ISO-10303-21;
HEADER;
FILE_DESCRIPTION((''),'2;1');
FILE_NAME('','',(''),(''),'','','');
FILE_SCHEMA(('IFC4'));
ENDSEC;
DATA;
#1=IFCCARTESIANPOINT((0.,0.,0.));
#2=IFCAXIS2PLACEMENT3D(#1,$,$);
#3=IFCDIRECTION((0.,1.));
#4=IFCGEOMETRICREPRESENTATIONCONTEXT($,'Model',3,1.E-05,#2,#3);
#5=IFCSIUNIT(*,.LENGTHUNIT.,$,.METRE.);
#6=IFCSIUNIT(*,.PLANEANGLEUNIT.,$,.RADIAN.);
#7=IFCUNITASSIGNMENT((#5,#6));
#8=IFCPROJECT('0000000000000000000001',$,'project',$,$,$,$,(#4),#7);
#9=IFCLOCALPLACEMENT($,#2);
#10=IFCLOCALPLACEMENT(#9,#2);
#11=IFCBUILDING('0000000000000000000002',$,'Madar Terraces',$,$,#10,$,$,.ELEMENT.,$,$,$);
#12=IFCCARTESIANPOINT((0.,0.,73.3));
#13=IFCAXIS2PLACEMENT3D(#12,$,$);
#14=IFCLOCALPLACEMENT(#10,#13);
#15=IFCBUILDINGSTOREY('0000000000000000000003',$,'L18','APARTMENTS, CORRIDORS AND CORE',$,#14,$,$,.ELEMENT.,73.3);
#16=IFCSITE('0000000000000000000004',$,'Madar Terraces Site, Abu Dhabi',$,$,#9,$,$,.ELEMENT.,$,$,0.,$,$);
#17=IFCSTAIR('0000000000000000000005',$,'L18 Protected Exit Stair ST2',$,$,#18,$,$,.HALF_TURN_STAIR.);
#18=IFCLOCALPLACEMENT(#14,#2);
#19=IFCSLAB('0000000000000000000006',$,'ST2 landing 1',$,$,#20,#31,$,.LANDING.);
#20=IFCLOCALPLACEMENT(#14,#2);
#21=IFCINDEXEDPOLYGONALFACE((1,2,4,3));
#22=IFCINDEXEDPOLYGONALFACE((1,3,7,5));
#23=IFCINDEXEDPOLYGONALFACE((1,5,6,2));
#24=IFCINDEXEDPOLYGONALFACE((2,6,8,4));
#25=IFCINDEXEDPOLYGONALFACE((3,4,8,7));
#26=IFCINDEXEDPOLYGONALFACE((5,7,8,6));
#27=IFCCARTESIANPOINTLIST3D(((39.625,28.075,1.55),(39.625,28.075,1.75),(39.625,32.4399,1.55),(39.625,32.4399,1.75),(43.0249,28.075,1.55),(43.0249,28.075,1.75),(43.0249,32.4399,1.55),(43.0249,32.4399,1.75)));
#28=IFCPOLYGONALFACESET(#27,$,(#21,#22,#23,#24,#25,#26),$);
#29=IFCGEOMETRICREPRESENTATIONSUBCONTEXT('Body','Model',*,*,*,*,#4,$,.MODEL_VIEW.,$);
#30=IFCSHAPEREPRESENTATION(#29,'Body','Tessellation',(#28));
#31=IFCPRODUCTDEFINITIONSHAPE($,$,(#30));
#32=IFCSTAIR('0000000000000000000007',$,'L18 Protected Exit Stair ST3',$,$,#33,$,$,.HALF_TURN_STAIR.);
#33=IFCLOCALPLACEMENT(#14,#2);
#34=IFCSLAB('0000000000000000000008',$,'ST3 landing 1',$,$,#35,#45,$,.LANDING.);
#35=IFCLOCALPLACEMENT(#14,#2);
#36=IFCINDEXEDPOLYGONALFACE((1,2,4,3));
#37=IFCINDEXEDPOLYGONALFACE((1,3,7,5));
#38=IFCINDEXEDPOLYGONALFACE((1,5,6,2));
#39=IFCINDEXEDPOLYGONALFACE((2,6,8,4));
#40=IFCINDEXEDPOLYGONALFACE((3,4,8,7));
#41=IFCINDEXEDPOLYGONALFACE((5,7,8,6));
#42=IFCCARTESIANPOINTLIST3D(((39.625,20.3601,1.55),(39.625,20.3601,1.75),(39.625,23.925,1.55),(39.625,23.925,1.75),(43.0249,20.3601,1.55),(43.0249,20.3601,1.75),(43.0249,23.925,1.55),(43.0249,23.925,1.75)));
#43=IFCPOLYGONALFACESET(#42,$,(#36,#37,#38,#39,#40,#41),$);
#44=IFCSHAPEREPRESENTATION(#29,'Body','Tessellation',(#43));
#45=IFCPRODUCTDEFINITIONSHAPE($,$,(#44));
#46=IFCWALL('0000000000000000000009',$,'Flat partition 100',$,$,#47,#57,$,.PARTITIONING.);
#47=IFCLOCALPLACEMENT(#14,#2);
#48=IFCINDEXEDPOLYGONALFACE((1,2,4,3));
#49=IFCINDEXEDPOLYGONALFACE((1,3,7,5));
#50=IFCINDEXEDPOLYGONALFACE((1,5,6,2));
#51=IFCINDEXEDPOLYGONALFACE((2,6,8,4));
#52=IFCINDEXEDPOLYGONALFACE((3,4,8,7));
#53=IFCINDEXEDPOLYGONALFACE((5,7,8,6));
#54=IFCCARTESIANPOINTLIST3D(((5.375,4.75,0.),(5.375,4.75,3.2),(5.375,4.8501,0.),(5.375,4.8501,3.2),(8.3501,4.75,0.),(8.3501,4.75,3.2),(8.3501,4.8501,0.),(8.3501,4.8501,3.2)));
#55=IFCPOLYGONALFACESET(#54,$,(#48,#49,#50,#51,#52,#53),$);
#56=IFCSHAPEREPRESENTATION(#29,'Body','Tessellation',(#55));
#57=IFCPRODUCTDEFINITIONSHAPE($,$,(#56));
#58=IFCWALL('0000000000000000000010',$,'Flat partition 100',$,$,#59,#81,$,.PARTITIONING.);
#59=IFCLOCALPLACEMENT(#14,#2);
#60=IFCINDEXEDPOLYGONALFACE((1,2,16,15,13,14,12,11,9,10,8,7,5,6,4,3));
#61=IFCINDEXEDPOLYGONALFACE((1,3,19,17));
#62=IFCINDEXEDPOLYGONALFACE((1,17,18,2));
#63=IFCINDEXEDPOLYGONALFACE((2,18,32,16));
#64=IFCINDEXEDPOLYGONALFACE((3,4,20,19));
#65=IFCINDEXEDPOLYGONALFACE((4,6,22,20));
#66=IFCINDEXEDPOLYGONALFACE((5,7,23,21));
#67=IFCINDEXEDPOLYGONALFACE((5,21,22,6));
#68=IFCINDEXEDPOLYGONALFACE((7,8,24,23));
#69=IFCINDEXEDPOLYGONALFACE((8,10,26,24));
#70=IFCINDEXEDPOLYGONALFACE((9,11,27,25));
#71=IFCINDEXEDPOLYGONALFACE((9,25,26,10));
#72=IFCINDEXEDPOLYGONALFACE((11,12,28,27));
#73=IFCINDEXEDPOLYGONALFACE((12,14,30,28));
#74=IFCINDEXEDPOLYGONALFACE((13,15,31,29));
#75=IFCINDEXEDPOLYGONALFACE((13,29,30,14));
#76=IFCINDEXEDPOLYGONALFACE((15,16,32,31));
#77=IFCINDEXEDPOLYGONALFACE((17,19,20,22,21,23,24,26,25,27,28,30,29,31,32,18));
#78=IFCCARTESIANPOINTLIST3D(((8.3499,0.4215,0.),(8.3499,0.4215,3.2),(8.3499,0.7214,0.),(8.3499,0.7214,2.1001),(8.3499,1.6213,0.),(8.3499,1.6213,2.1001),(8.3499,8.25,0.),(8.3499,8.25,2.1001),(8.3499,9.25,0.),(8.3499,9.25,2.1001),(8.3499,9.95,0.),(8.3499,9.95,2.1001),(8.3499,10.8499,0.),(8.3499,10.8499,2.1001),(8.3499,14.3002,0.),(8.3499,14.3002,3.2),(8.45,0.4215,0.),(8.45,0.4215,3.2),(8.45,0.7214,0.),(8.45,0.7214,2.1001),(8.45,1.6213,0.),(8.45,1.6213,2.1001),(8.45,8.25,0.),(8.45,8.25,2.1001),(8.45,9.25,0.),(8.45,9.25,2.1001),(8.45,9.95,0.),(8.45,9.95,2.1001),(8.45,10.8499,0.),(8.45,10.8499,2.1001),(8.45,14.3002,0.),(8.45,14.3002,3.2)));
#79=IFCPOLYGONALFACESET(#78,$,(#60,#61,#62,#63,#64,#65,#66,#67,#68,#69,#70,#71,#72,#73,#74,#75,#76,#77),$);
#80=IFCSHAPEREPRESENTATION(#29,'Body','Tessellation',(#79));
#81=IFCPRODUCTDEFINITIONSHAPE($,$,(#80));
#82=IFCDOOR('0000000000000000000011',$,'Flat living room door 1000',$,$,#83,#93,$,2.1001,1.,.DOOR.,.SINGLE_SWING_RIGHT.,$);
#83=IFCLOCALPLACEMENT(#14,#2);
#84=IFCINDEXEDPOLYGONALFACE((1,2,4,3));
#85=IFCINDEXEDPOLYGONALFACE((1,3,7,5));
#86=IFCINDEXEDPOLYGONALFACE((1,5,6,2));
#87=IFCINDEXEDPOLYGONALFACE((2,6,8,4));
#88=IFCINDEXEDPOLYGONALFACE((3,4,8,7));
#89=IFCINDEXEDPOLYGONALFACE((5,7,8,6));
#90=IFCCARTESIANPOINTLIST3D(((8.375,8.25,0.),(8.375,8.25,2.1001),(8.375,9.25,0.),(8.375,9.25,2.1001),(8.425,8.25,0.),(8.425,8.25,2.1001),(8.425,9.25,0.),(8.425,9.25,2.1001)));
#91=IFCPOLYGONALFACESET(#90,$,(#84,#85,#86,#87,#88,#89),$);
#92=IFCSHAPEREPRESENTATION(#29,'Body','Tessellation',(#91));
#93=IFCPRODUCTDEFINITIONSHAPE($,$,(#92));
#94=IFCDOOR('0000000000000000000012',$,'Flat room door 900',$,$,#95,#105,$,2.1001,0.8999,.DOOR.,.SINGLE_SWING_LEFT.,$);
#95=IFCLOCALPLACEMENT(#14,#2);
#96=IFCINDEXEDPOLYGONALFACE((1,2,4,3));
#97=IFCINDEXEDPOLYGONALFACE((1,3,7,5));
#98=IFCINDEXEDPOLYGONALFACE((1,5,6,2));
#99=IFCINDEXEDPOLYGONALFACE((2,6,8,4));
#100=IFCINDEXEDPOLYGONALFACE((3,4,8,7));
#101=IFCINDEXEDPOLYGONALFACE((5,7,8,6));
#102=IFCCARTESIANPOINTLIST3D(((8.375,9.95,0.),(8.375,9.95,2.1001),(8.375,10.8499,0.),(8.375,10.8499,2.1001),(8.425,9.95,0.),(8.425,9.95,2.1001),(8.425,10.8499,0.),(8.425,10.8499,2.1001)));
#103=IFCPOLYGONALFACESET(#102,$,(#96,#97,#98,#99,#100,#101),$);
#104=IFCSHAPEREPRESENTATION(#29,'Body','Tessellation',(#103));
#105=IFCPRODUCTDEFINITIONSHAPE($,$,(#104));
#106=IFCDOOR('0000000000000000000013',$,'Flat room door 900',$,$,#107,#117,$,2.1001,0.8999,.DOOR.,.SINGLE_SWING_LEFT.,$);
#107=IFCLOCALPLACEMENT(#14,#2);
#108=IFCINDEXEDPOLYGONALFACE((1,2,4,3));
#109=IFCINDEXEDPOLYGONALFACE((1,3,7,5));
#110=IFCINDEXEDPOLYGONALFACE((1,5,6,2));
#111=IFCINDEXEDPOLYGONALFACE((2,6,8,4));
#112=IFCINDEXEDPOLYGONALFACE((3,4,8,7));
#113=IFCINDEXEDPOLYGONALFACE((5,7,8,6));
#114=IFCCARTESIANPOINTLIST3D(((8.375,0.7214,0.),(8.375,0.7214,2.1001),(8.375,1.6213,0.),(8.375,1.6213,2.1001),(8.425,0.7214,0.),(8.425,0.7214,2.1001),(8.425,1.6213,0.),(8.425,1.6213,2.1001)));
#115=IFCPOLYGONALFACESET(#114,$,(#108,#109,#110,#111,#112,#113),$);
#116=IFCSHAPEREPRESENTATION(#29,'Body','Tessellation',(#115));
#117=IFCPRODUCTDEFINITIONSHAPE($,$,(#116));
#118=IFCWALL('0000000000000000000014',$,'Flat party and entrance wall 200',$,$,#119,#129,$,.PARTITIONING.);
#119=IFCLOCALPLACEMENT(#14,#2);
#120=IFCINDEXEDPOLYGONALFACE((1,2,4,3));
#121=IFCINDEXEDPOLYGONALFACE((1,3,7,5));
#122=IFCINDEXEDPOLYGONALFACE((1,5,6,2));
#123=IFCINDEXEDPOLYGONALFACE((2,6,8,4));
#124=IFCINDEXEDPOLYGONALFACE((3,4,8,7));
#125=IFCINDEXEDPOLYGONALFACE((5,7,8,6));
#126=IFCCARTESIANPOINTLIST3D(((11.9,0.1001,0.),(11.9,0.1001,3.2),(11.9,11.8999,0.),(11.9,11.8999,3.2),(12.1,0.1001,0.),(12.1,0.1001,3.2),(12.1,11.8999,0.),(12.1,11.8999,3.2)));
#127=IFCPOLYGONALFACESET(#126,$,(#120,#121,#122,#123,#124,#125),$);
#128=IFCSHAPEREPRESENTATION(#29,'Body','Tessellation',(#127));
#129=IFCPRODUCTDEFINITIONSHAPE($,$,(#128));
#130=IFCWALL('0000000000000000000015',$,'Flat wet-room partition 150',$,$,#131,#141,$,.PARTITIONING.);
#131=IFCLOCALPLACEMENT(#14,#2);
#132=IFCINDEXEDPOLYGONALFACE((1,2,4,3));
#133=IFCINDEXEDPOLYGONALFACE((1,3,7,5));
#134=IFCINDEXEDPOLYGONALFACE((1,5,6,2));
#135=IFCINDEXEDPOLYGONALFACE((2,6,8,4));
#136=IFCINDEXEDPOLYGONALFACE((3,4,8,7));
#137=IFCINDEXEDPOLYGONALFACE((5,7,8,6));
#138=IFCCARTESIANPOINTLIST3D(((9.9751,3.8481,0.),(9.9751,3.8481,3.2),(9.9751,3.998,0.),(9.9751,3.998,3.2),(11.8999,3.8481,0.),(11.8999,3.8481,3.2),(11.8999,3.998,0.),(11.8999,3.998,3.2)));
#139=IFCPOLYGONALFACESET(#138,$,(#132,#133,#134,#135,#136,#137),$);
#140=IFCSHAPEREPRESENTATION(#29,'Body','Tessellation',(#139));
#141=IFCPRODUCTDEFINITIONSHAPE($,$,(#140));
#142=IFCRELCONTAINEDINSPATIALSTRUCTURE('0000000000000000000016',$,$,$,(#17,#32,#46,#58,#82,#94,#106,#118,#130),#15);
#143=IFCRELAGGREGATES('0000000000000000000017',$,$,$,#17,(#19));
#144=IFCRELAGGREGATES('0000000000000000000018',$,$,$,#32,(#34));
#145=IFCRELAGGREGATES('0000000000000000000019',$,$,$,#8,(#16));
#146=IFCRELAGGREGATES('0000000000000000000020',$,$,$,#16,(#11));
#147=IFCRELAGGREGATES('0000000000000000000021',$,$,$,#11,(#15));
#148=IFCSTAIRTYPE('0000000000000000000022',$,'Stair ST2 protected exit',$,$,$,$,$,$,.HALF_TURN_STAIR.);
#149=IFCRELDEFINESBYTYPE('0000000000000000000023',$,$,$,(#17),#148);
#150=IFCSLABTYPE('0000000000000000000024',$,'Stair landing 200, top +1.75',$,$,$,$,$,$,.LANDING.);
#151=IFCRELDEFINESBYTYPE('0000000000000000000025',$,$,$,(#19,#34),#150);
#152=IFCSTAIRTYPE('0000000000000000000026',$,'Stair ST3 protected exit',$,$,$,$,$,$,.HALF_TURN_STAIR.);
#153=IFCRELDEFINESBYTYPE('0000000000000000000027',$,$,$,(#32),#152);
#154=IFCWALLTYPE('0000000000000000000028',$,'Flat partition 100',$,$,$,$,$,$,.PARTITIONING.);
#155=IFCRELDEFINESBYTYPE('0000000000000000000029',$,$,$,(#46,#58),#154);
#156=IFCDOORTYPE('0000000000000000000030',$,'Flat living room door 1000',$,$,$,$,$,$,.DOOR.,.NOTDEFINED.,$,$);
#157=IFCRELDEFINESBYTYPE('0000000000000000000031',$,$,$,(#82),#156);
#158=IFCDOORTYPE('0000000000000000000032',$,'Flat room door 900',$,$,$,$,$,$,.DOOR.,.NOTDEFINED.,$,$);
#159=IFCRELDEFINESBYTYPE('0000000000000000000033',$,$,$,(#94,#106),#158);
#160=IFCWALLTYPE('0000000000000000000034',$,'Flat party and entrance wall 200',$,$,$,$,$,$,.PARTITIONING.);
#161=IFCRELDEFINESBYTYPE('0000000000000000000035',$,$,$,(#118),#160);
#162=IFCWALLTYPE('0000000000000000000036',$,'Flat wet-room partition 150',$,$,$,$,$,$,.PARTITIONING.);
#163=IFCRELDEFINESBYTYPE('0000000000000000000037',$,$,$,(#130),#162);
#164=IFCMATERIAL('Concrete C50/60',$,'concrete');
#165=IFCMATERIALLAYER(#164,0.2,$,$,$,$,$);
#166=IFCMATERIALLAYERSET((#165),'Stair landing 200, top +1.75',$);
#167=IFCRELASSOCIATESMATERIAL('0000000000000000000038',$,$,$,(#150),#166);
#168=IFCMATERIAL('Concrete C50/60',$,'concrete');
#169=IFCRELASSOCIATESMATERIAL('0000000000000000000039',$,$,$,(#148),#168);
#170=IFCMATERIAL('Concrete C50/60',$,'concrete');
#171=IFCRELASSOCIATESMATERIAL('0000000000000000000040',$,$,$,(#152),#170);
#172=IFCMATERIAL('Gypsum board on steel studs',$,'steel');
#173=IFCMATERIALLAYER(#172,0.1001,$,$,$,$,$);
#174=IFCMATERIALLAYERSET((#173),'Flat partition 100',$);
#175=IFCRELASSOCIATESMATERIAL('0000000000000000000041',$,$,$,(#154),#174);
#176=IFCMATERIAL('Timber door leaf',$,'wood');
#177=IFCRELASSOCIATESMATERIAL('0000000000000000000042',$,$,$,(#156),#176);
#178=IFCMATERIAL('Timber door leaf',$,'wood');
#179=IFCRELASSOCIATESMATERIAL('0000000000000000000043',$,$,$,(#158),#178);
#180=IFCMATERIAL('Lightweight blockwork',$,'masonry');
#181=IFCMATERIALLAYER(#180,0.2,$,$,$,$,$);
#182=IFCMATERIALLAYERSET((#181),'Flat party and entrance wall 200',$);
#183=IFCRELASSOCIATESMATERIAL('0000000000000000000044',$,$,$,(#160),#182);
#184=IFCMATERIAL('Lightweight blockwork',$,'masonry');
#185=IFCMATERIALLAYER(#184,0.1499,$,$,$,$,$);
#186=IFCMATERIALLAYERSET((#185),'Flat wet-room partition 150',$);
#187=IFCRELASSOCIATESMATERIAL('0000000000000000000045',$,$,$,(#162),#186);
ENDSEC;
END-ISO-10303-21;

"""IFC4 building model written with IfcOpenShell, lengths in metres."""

from ifc_helpers import new_model, si_unit, direction, frame, frame_2d, origin, place, context, subcontext, project, spatial, polyline, rectangle, outline, extrude, material, layer, layer_set, type_object, element, fill, aggregate, save


model = new_model("IFC4")

# Units and contexts
model_context = context("Model", 3, precision=1e-05, world=origin(), true_north=direction((0.0, 1.0)))
body_context = subcontext(model_context, "Body", "Model", "MODEL_VIEW")
ifc_project = project(units=[si_unit("LENGTHUNIT", "METRE"), si_unit("PLANEANGLEUNIT", "RADIAN")], contexts=[model_context])

# Site, building, storey
site_placement = place(None, origin())
site = spatial("IfcSite", under=ifc_project, at=site_placement, Name="Madar Terraces Site, Abu Dhabi", CompositionType="ELEMENT", RefElevation=0.0)
building_placement = place(site_placement, origin())
building = spatial("IfcBuilding", under=site, at=building_placement, Name="Madar Terraces", CompositionType="ELEMENT")
storey_placement = place(building_placement, frame((0.0, 0.0, 73.3)))
storey = spatial("IfcBuildingStorey", under=building, at=storey_placement, Name="L18", Description="APARTMENTS, CORRIDORS AND CORE", CompositionType="ELEMENT", Elevation=73.3)

# Stairs, slabs
ifc_material_1 = material(Name="Concrete C50/60", Category="concrete")
ifc_layer_1 = layer(ifc_material_1, 0.2)
ifc_layer_set_1 = layer_set([ifc_layer_1], Name="Stair landing 200, top +1.75")
slab_type_1 = type_object("IfcSlabType", Name="Stair landing 200, top +1.75", PredefinedType="LANDING", material=ifc_layer_set_1)
ifc_material_2 = material(Name="Concrete C50/60", Category="concrete")
stair_type_1 = type_object("IfcStairType", Name="Stair ST2 protected exit", PredefinedType="HALF_TURN_STAIR", material=ifc_material_2)
stair_1_placement = place(storey_placement, origin())
stair_1 = element("IfcStair", 1, at=stair_1_placement, inside=storey, type_object=stair_type_1, Name="L18 Protected Exit Stair ST2", PredefinedType="HALF_TURN_STAIR")
slab_1_placement = place(storey_placement, frame((0.0, 0.0, 1.55)))
slab_1 = element("IfcSlab", 2, at=slab_1_placement, type_object=slab_type_1, Name="ST2 landing 1", PredefinedType="LANDING", context=body_context, shape_type="SweptSolid", body=[
    extrude(outline(polyline([(39.625, 28.075), (43.0249, 28.075), (43.0249, 32.4399), (39.625, 32.4399), (39.625, 28.075)])), origin(), (0.0, 0.0, 1.0), 0.2),
])
aggregate(stair_1, [slab_1])
ifc_material_3 = material(Name="Concrete C50/60", Category="concrete")
stair_type_2 = type_object("IfcStairType", Name="Stair ST3 protected exit", PredefinedType="HALF_TURN_STAIR", material=ifc_material_3)
stair_2_placement = place(storey_placement, origin())
stair_2 = element("IfcStair", 3, at=stair_2_placement, inside=storey, type_object=stair_type_2, Name="L18 Protected Exit Stair ST3", PredefinedType="HALF_TURN_STAIR")
slab_2_placement = place(storey_placement, frame((0.0, 0.0, 1.55)))
slab_2 = element("IfcSlab", 4, at=slab_2_placement, type_object=slab_type_1, Name="ST3 landing 1", PredefinedType="LANDING", context=body_context, shape_type="SweptSolid", body=[
    extrude(outline(polyline([(39.625, 20.3601), (43.0249, 20.3601), (43.0249, 23.925), (39.625, 23.925), (39.625, 20.3601)])), origin(), (0.0, 0.0, 1.0), 0.2),
])
aggregate(stair_2, [slab_2])

# Wall
ifc_material_4 = material(Name="Gypsum board on steel studs", Category="steel")
ifc_layer_2 = layer(ifc_material_4, 0.1001)
ifc_layer_set_2 = layer_set([ifc_layer_2], Name="Flat partition 100")
wall_type_1 = type_object("IfcWallType", Name="Flat partition 100", PredefinedType="PARTITIONING", material=ifc_layer_set_2)
wall_1_placement = place(storey_placement, frame((8.3501, 4.8, 0.0), z_axis=(0.0, 0.0, 1.0), x_axis=(-1.0, 0.0, 0.0)))
element("IfcWall", 5, at=wall_1_placement, inside=storey, type_object=wall_type_1, Name="Flat partition 100", PredefinedType="PARTITIONING", context=body_context, shape_type="SweptSolid", body=[
    extrude(rectangle(XDim=2.9751, YDim=0.1001, at=frame_2d((1.4875, 0.0))), origin(), (0.0, 0.0, 1.0), 3.2),
])

# Wall, openings, doors
wall_2_placement = place(storey_placement, frame((8.3999, 0.4214, 0.0), z_axis=(0.0, 0.0, 1.0), x_axis=(0.0, 1.0, 0.0)))
wall_2 = element("IfcWall", 6, at=wall_2_placement, inside=storey, type_object=wall_type_1, Name="Flat partition 100", PredefinedType="PARTITIONING", context=body_context, shape_type="SweptSolid", body=[
    extrude(rectangle(XDim=13.8787, YDim=0.1001, at=frame_2d((6.9395, 0.0))), origin(), (0.0, 0.0, 1.0), 3.2),
])
opening_1_placement = place(wall_2_placement, frame((9.5286, 0.0, 0.0)))
opening_1 = element("IfcOpeningElement", 7, at=opening_1_placement, cuts=wall_2, PredefinedType="OPENING", context=body_context, shape_type="SweptSolid", body=[
    extrude(rectangle(XDim=0.8999, YDim=2.1001, at=frame_2d((0.45, 1.05))), frame((0.0, 0.0601, 0.0), z_axis=(0.0, -1.0, 0.0), x_axis=(1.0, 0.0, 0.0)), (0.0, 0.0, 1.0), 0.1201),
])
opening_2_placement = place(wall_2_placement, frame((7.8286, 0.0, 0.0)))
opening_2 = element("IfcOpeningElement", 8, at=opening_2_placement, cuts=wall_2, PredefinedType="OPENING", context=body_context, shape_type="SweptSolid", body=[
    extrude(rectangle(XDim=1.0, YDim=2.1001, at=frame_2d((0.5, 1.05))), frame((0.0, 0.0601, 0.0), z_axis=(0.0, -1.0, 0.0), x_axis=(1.0, 0.0, 0.0)), (0.0, 0.0, 1.0), 0.1201),
])
opening_3_placement = place(wall_2_placement, frame((0.3, 0.0, 0.0)))
opening_3 = element("IfcOpeningElement", 9, at=opening_3_placement, cuts=wall_2, PredefinedType="OPENING", context=body_context, shape_type="SweptSolid", body=[
    extrude(rectangle(XDim=0.8999, YDim=2.1001, at=frame_2d((0.45, 1.05))), frame((0.0, 0.0601, 0.0), z_axis=(0.0, -1.0, 0.0), x_axis=(1.0, 0.0, 0.0)), (0.0, 0.0, 1.0), 0.1201),
])
ifc_material_5 = material(Name="Timber door leaf", Category="wood")
door_type_1 = type_object("IfcDoorType", Name="Flat living room door 1000", OperationType="NOTDEFINED", PredefinedType="DOOR", material=ifc_material_5)
door_1_placement = place(opening_2_placement, origin())
door_1 = element("IfcDoor", 10, at=door_1_placement, inside=storey, type_object=door_type_1, Name="Flat living room door 1000", OperationType="SINGLE_SWING_RIGHT", OverallHeight=2.1001, OverallWidth=1.0, PredefinedType="DOOR", context=body_context, shape_type="SweptSolid", body=[
    extrude(rectangle(XDim=1.0, YDim=2.1001, at=frame_2d((0.5, 1.05))), frame((0.0, 0.0249, 0.0), z_axis=(0.0, -1.0, 0.0), x_axis=(1.0, 0.0, 0.0)), (0.0, 0.0, 1.0), 0.05),
])
fill(opening_2, door_1)
ifc_material_6 = material(Name="Timber door leaf", Category="wood")
door_type_2 = type_object("IfcDoorType", Name="Flat room door 900", OperationType="NOTDEFINED", PredefinedType="DOOR", material=ifc_material_6)
door_2_placement = place(opening_1_placement, origin())
door_2 = element("IfcDoor", 11, at=door_2_placement, inside=storey, type_object=door_type_2, Name="Flat room door 900", OperationType="SINGLE_SWING_LEFT", OverallHeight=2.1001, OverallWidth=0.8999, PredefinedType="DOOR", context=body_context, shape_type="SweptSolid", body=[
    extrude(rectangle(XDim=0.8999, YDim=2.1001, at=frame_2d((0.45, 1.05))), frame((0.0, 0.0249, 0.0), z_axis=(0.0, -1.0, 0.0), x_axis=(1.0, 0.0, 0.0)), (0.0, 0.0, 1.0), 0.05),
])
fill(opening_1, door_2)
door_3_placement = place(opening_3_placement, origin())
door_3 = element("IfcDoor", 12, at=door_3_placement, inside=storey, type_object=door_type_2, Name="Flat room door 900", OperationType="SINGLE_SWING_LEFT", OverallHeight=2.1001, OverallWidth=0.8999, PredefinedType="DOOR", context=body_context, shape_type="SweptSolid", body=[
    extrude(rectangle(XDim=0.8999, YDim=2.1001, at=frame_2d((0.45, 1.05))), frame((0.0, 0.0249, 0.0), z_axis=(0.0, -1.0, 0.0), x_axis=(1.0, 0.0, 0.0)), (0.0, 0.0, 1.0), 0.05),
])
fill(opening_3, door_3)

# Walls
ifc_material_7 = material(Name="Lightweight blockwork", Category="masonry")
ifc_layer_3 = layer(ifc_material_7, 0.2)
ifc_layer_set_3 = layer_set([ifc_layer_3], Name="Flat party and entrance wall 200")
wall_type_2 = type_object("IfcWallType", Name="Flat party and entrance wall 200", PredefinedType="PARTITIONING", material=ifc_layer_set_3)
wall_3_placement = place(storey_placement, frame((12.0, 0.1001, 0.0), z_axis=(0.0, 0.0, 1.0), x_axis=(0.0, 1.0, 0.0)))
element("IfcWall", 13, at=wall_3_placement, inside=storey, type_object=wall_type_2, Name="Flat party and entrance wall 200", PredefinedType="PARTITIONING", context=body_context, shape_type="SweptSolid", body=[
    extrude(rectangle(XDim=11.7998, YDim=0.2, at=frame_2d((5.8999, 0.0))), origin(), (0.0, 0.0, 1.0), 3.2),
])
ifc_material_8 = material(Name="Lightweight blockwork", Category="masonry")
ifc_layer_4 = layer(ifc_material_8, 0.1499)
ifc_layer_set_4 = layer_set([ifc_layer_4], Name="Flat wet-room partition 150")
wall_type_3 = type_object("IfcWallType", Name="Flat wet-room partition 150", PredefinedType="PARTITIONING", material=ifc_layer_set_4)
wall_4_placement = place(storey_placement, frame((11.8999, 3.9231, 0.0), z_axis=(0.0, 0.0, 1.0), x_axis=(-1.0, 0.0, 0.0)))
element("IfcWall", 14, at=wall_4_placement, inside=storey, type_object=wall_type_3, Name="Flat wet-room partition 150", PredefinedType="PARTITIONING", context=body_context, shape_type="SweptSolid", body=[
    extrude(rectangle(XDim=1.9248, YDim=0.1499, at=frame_2d((0.9624, 0.0))), origin(), (0.0, 0.0, 1.0), 3.2),
])

save(model, "model.ifc")
